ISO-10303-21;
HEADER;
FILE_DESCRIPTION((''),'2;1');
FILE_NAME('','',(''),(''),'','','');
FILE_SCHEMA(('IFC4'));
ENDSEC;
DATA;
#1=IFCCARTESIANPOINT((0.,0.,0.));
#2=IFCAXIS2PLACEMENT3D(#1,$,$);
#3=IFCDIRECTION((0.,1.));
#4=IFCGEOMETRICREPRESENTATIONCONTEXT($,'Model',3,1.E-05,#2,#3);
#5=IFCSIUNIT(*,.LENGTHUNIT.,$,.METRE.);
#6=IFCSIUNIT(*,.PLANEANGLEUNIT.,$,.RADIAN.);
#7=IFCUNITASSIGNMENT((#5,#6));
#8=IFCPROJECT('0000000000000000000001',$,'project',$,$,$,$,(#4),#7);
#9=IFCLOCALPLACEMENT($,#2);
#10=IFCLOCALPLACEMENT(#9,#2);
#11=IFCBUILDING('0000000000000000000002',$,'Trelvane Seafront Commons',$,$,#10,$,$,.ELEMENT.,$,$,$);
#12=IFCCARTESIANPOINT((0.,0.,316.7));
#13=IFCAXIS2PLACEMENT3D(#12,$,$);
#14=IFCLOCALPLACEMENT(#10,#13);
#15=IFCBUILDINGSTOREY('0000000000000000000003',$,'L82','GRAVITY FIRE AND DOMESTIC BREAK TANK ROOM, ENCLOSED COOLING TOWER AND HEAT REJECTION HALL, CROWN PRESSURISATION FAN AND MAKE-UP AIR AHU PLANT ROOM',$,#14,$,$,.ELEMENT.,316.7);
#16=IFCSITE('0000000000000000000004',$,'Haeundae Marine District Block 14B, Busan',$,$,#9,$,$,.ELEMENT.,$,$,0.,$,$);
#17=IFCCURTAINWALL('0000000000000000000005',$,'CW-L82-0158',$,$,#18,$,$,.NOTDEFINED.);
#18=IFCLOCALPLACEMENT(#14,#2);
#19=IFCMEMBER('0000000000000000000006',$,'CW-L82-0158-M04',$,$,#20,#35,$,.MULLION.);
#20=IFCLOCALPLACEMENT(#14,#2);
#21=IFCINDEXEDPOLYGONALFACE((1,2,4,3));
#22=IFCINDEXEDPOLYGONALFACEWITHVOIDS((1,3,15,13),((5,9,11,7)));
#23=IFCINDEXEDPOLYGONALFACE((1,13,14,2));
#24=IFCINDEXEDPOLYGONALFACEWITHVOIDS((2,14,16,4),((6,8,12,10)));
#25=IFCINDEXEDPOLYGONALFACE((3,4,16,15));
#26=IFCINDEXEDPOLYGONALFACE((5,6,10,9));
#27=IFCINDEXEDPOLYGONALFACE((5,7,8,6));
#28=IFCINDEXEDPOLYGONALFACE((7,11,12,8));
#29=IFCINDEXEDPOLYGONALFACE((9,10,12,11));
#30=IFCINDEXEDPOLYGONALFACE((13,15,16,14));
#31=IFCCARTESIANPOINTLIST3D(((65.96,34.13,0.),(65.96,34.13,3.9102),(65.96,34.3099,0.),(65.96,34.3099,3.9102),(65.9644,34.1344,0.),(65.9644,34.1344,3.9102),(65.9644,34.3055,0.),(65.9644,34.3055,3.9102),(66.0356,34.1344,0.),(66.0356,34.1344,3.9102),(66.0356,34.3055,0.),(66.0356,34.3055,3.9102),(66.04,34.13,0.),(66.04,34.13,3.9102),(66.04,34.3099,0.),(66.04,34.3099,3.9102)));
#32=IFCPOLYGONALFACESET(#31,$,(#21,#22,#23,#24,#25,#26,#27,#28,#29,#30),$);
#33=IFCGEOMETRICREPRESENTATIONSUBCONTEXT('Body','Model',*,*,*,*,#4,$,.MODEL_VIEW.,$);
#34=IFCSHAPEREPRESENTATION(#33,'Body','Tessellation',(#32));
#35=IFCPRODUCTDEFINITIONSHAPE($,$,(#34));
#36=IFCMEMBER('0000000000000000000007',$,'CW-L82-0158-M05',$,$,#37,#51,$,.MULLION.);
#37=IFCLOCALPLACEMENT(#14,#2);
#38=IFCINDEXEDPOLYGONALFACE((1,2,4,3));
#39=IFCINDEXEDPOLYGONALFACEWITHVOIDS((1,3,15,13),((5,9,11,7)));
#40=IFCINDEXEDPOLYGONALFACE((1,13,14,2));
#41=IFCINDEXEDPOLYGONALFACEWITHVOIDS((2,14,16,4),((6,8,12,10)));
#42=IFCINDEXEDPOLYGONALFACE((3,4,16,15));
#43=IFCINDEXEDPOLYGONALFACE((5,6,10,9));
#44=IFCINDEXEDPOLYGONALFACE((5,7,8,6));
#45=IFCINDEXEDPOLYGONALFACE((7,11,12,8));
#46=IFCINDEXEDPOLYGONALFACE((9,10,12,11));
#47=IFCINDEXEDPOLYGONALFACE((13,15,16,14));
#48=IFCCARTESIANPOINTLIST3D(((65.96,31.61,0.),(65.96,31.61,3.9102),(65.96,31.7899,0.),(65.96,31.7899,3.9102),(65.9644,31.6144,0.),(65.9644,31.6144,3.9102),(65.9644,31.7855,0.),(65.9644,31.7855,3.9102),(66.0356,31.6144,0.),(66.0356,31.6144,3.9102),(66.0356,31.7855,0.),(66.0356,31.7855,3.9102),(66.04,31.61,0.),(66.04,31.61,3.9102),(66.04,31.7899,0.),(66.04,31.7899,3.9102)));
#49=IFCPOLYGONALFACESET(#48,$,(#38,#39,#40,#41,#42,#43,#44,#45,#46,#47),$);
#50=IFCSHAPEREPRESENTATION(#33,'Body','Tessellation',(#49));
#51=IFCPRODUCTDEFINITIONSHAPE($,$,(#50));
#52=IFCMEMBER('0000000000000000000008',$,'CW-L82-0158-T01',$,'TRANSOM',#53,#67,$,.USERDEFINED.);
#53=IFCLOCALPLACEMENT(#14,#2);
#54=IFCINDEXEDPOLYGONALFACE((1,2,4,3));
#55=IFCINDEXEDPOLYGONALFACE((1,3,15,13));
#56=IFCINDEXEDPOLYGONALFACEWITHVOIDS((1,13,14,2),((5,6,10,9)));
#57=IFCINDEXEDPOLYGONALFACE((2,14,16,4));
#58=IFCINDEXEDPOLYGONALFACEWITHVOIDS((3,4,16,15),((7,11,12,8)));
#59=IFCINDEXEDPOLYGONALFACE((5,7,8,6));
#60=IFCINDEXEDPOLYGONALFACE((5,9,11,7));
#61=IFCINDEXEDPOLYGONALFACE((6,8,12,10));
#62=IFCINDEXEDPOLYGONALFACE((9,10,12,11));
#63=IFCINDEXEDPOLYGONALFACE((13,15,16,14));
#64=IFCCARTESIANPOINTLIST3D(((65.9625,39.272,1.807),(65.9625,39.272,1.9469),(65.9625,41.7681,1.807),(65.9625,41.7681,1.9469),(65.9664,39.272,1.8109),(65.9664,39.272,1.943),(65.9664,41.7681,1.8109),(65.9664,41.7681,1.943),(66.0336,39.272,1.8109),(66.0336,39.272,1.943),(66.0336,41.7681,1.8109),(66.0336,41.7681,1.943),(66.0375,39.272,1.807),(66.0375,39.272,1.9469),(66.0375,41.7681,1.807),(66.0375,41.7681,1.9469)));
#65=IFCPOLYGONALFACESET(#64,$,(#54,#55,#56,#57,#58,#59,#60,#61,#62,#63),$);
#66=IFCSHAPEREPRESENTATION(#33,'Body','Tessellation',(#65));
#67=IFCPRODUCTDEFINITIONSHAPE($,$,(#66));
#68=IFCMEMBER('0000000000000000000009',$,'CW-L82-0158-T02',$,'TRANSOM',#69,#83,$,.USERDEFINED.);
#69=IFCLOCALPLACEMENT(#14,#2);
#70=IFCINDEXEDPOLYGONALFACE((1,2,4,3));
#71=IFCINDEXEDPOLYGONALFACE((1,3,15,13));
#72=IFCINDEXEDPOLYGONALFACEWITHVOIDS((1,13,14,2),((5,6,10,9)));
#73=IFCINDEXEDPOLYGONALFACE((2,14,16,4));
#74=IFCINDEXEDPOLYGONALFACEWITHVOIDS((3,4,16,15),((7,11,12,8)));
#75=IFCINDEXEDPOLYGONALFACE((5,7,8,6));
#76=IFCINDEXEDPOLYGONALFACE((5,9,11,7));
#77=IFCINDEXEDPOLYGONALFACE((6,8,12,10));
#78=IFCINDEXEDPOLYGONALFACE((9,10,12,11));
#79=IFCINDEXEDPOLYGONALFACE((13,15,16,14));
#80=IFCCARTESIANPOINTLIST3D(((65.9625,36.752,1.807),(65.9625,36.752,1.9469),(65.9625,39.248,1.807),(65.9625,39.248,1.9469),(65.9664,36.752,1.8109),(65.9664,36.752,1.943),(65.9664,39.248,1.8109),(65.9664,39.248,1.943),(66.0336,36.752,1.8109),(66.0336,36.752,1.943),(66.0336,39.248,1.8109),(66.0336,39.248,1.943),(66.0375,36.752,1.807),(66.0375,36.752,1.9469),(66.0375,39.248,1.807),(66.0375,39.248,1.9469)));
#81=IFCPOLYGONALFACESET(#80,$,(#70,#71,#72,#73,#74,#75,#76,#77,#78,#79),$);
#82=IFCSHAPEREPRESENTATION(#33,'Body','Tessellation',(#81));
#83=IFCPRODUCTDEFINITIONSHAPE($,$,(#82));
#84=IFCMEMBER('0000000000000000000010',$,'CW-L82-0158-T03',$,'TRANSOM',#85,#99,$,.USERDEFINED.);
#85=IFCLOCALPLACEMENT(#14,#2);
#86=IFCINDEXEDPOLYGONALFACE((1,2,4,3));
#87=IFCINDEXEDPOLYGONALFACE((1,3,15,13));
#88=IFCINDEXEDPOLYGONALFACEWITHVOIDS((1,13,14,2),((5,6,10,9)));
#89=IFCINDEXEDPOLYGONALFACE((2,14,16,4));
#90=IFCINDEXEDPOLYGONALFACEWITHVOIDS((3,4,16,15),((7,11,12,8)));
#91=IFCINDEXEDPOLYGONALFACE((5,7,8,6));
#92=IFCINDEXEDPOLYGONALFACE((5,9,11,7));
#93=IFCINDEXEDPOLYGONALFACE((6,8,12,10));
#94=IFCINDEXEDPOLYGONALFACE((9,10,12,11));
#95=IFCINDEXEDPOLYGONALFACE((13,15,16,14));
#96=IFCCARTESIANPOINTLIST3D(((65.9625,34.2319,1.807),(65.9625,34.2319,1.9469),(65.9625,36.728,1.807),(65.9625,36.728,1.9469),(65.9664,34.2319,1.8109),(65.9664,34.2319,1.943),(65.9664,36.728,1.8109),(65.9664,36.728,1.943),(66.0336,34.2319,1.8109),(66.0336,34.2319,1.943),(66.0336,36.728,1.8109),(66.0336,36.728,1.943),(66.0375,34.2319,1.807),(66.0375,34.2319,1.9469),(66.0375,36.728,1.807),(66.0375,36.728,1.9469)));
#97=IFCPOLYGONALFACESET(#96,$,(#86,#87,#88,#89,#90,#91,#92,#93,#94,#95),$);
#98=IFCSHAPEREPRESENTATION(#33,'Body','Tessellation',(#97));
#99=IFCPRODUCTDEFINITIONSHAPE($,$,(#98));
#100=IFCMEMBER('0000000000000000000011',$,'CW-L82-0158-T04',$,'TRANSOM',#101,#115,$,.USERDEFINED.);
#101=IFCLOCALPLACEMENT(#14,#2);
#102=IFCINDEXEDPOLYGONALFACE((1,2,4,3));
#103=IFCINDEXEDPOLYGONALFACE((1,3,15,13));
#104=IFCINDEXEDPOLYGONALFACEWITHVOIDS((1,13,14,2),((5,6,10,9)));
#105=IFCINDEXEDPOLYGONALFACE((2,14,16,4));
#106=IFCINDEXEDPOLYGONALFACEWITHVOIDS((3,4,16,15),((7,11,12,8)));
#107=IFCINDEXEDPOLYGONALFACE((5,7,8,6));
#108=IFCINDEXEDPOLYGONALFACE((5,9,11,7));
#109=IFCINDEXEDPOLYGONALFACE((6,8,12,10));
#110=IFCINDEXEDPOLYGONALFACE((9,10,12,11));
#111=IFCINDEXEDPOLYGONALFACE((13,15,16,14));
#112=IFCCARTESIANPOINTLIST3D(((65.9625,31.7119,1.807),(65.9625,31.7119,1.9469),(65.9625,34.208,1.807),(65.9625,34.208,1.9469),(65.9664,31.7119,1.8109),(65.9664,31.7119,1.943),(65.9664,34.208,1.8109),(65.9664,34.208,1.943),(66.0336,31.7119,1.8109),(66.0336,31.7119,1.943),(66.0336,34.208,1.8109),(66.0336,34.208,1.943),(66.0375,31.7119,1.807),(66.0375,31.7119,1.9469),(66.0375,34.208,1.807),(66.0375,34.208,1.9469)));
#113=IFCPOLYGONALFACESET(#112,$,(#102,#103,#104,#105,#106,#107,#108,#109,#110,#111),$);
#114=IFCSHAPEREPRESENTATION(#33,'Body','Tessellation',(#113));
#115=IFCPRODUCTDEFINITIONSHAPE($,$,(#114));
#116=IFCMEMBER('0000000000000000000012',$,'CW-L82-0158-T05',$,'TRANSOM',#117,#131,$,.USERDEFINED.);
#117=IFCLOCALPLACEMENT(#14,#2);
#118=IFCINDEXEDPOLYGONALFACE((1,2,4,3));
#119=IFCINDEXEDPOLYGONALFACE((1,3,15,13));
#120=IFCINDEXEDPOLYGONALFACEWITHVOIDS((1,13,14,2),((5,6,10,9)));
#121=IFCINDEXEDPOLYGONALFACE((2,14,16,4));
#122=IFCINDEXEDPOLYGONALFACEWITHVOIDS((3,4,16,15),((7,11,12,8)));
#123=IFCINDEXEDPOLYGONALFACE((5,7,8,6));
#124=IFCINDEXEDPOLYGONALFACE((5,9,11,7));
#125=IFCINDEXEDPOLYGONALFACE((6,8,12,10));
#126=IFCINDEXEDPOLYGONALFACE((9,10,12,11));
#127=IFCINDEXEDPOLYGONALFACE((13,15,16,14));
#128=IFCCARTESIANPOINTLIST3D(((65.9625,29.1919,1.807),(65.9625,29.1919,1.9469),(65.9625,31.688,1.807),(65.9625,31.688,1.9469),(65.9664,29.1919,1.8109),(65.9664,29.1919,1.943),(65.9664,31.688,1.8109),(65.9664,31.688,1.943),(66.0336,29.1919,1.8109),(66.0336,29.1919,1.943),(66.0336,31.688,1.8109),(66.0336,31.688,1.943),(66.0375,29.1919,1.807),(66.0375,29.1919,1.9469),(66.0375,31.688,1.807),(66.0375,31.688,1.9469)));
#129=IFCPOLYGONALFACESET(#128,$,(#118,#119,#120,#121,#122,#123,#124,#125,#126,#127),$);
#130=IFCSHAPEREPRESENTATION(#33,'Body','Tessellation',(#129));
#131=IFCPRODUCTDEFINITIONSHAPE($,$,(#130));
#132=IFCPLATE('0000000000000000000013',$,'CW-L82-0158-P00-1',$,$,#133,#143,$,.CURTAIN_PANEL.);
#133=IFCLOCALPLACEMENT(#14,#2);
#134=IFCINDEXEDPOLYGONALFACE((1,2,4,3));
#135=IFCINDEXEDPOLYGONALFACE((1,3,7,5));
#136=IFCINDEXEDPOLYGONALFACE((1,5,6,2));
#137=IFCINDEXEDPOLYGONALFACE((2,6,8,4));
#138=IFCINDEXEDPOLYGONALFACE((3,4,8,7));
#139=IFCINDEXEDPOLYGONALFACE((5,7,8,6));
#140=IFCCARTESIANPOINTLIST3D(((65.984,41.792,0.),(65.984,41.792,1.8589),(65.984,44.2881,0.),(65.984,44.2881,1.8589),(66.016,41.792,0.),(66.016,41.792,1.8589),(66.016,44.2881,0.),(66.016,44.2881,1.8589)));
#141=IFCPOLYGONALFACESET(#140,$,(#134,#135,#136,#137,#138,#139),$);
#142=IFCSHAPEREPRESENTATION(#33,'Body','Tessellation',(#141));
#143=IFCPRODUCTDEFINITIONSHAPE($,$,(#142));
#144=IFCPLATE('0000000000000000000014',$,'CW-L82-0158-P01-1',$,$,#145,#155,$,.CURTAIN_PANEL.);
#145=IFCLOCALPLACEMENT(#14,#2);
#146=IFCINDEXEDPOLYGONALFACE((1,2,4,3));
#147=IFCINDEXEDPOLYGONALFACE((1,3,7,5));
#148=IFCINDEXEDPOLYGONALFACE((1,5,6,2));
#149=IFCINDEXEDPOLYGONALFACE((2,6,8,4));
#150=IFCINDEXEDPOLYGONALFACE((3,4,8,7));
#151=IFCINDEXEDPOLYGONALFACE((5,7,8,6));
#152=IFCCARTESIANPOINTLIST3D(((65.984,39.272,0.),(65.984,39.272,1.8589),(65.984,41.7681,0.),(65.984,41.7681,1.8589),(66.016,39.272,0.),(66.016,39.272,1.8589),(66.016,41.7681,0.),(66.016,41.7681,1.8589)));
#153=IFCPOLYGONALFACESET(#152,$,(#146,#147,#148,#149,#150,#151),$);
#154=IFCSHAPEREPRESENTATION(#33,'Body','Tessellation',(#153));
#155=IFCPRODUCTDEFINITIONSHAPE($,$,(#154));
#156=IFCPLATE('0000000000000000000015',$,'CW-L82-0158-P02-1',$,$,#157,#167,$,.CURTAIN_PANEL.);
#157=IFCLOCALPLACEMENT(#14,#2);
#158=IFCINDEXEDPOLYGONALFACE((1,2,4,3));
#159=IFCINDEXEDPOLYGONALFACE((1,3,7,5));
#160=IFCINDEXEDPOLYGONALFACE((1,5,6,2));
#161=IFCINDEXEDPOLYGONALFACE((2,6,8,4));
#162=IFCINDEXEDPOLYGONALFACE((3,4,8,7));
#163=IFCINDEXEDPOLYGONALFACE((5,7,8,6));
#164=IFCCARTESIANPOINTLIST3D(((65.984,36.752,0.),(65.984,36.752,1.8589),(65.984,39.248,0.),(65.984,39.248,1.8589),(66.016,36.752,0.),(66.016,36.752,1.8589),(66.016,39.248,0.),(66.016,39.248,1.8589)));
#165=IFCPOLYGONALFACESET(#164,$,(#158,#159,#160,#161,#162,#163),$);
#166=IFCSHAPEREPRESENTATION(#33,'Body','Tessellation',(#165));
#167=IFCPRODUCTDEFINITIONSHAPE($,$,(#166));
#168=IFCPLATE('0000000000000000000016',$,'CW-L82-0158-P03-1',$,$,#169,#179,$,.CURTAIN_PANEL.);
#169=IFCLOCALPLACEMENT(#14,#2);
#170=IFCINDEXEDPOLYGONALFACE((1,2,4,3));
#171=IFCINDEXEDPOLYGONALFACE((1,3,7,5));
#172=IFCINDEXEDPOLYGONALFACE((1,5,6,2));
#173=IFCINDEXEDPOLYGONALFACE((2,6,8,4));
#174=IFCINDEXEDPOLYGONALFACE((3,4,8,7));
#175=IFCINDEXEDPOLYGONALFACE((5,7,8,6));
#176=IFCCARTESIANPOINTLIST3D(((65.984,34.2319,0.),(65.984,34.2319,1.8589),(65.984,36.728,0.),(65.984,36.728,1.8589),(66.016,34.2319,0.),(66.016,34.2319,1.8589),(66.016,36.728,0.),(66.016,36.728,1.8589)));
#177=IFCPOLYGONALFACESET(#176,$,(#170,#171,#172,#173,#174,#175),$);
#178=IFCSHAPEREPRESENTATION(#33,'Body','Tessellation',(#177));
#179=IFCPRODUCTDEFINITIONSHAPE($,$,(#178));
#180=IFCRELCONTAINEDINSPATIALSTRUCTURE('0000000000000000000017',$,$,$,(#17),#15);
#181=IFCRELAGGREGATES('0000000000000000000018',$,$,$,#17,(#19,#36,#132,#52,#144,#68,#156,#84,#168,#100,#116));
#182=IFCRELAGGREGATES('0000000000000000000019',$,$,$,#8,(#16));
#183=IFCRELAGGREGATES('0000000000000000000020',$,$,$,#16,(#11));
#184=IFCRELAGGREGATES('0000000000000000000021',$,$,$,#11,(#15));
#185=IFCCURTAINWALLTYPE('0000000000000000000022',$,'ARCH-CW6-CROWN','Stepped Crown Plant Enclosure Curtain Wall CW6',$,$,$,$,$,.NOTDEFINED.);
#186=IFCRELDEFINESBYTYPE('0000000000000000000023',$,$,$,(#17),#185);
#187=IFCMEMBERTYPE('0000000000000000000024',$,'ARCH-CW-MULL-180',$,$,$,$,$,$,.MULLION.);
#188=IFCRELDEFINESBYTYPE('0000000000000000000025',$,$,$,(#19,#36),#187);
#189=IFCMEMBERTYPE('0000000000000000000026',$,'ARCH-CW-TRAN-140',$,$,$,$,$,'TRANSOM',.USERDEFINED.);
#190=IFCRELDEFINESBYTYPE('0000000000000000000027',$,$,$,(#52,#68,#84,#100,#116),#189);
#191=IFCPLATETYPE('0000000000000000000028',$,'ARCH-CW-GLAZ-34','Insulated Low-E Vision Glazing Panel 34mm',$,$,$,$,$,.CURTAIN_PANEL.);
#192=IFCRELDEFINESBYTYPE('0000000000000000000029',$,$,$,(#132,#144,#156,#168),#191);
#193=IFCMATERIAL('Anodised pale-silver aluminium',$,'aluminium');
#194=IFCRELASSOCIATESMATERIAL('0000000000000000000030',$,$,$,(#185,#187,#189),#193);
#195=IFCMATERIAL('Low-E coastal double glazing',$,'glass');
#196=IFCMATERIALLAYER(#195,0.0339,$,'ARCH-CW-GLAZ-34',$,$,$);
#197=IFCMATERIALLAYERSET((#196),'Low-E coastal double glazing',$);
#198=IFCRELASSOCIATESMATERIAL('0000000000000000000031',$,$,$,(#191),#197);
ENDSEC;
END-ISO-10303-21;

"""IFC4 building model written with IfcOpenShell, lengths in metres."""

from ifc_helpers import new_model, si_unit, direction, frame, origin, origin_2d, place, context, subcontext, project, spatial, rectangle, hollow_rectangle, extrude, source, transform, mapped, material, layer, layer_set, material_profile, profile_set, type_object, element, aggregate, save


model = new_model("IFC4")

# Units and contexts
model_context = context("Model", 3, precision=1e-05, world=origin(), true_north=direction((0.0, 1.0)))
body_context = subcontext(model_context, "Body", "Model", "MODEL_VIEW")
ifc_project = project(units=[si_unit("LENGTHUNIT", "METRE"), si_unit("PLANEANGLEUNIT", "RADIAN")], contexts=[model_context])

# Site, building, storey
site_placement = place(None, origin())
site = spatial("IfcSite", under=ifc_project, at=site_placement, Name="Haeundae Marine District Block 14B, Busan", CompositionType="ELEMENT", RefElevation=0.0)
building_placement = place(site_placement, origin())
building = spatial("IfcBuilding", under=site, at=building_placement, Name="Trelvane Seafront Commons", CompositionType="ELEMENT")
storey_placement = place(building_placement, frame((0.0, 0.0, 316.7)))
storey = spatial("IfcBuildingStorey", under=building, at=storey_placement, Name="L82", Description="GRAVITY FIRE AND DOMESTIC BREAK TANK ROOM, ENCLOSED COOLING TOWER AND HEAT REJECTION HALL, CROWN PRESSURISATION FAN AND MAKE-UP AIR AHU PLANT ROOM", CompositionType="ELEMENT", Elevation=316.7)

# Curtain wall, members, plates
ifc_material_1 = material(Name="Anodised pale-silver aluminium", Category="aluminium")
curtain_wall_type = type_object("IfcCurtainWallType", Name="ARCH-CW6-CROWN", Description="Stepped Crown Plant Enclosure Curtain Wall CW6", PredefinedType="NOTDEFINED", material=ifc_material_1)
curtain_wall_placement = place(storey_placement, origin())
curtain_wall = element("IfcCurtainWall", 1, at=curtain_wall_placement, inside=storey, type_object=curtain_wall_type, Name="CW-L82-0158", PredefinedType="NOTDEFINED")
ifc_material_profile_1 = material_profile(ifc_material_1, hollow_rectangle(XDim=0.0801, YDim=0.1799, WallThickness=0.0044, at=origin_2d()), Name="MULL-80x180x4.5")
ifc_profile_set_1 = profile_set([ifc_material_profile_1], Name="Anodised pale-silver aluminium")
member_type_1 = type_object("IfcMemberType", Name="ARCH-CW-MULL-180", PredefinedType="MULLION", material=ifc_profile_set_1)
shared_shape_1 = source(origin(), body_context, "Body", "SweptSolid", [
    extrude(hollow_rectangle(XDim=0.0801, YDim=0.1799, WallThickness=0.0044, at=origin_2d()), origin(), (0.0, 0.0, 1.0), 3.9102),
])
member_1_placement = place(storey_placement, frame((66.0, 34.22, 0.0), z_axis=(0.0, 0.0, 1.0), x_axis=(1.0, 0.0, 0.0)))
member_1 = element("IfcMember", 2, at=member_1_placement, type_object=member_type_1, Name="CW-L82-0158-M04", PredefinedType="MULLION", context=body_context, shape_type="MappedRepresentation", body=[
    mapped(shared_shape_1, transform((0.0, 0.0, 0.0), x_axis=(1.0, 0.0, 0.0), y_axis=(0.0, 1.0, 0.0), z_axis=(0.0, 0.0, 1.0), scale=1.0)),
])
member_2_placement = place(storey_placement, frame((66.0, 31.7, 0.0), z_axis=(0.0, 0.0, 1.0), x_axis=(1.0, 0.0, 0.0)))
member_2 = element("IfcMember", 3, at=member_2_placement, type_object=member_type_1, Name="CW-L82-0158-M05", PredefinedType="MULLION", context=body_context, shape_type="MappedRepresentation", body=[
    mapped(shared_shape_1, transform((0.0, 0.0, 0.0), x_axis=(1.0, 0.0, 0.0), y_axis=(0.0, 1.0, 0.0), z_axis=(0.0, 0.0, 1.0), scale=1.0)),
])
ifc_material_profile_2 = material_profile(ifc_material_1, hollow_rectangle(XDim=0.075, YDim=0.1399, WallThickness=0.0039, at=origin_2d()), Name="TRAN-75x140x4")
ifc_profile_set_2 = profile_set([ifc_material_profile_2], Name="Anodised pale-silver aluminium")
member_type_2 = type_object("IfcMemberType", Name="ARCH-CW-TRAN-140", ElementType="TRANSOM", PredefinedType="USERDEFINED", material=ifc_profile_set_2)
shared_shape_2 = source(origin(), body_context, "Body", "SweptSolid", [
    extrude(hollow_rectangle(XDim=0.075, YDim=0.1399, WallThickness=0.0039, at=origin_2d()), origin(), (0.0, 0.0, 1.0), 2.4961),
])
member_3_placement = place(storey_placement, frame((66.0, 41.7681, 1.877), z_axis=(0.0, -1.0, 0.0), x_axis=(1.0, 0.0, 0.0)))
member_3 = element("IfcMember", 4, at=member_3_placement, type_object=member_type_2, Name="CW-L82-0158-T01", ObjectType="TRANSOM", PredefinedType="USERDEFINED", context=body_context, shape_type="MappedRepresentation", body=[
    mapped(shared_shape_2, transform((0.0, 0.0, 0.0), x_axis=(1.0, 0.0, 0.0), y_axis=(0.0, 1.0, 0.0), z_axis=(0.0, 0.0, 1.0), scale=1.0)),
])
member_4_placement = place(storey_placement, frame((66.0, 39.248, 1.877), z_axis=(0.0, -1.0, 0.0), x_axis=(1.0, 0.0, 0.0)))
member_4 = element("IfcMember", 5, at=member_4_placement, type_object=member_type_2, Name="CW-L82-0158-T02", ObjectType="TRANSOM", PredefinedType="USERDEFINED", context=body_context, shape_type="MappedRepresentation", body=[
    mapped(shared_shape_2, transform((0.0, 0.0, 0.0), x_axis=(1.0, 0.0, 0.0), y_axis=(0.0, 1.0, 0.0), z_axis=(0.0, 0.0, 1.0), scale=1.0)),
])
member_5_placement = place(storey_placement, frame((66.0, 36.728, 1.877), z_axis=(0.0, -1.0, 0.0), x_axis=(1.0, 0.0, 0.0)))
member_5 = element("IfcMember", 6, at=member_5_placement, type_object=member_type_2, Name="CW-L82-0158-T03", ObjectType="TRANSOM", PredefinedType="USERDEFINED", context=body_context, shape_type="MappedRepresentation", body=[
    mapped(shared_shape_2, transform((0.0, 0.0, 0.0), x_axis=(1.0, 0.0, 0.0), y_axis=(0.0, 1.0, 0.0), z_axis=(0.0, 0.0, 1.0), scale=1.0)),
])
member_6_placement = place(storey_placement, frame((66.0, 34.208, 1.877), z_axis=(0.0, -1.0, 0.0), x_axis=(1.0, 0.0, 0.0)))
member_6 = element("IfcMember", 7, at=member_6_placement, type_object=member_type_2, Name="CW-L82-0158-T04", ObjectType="TRANSOM", PredefinedType="USERDEFINED", context=body_context, shape_type="MappedRepresentation", body=[
    mapped(shared_shape_2, transform((0.0, 0.0, 0.0), x_axis=(1.0, 0.0, 0.0), y_axis=(0.0, 1.0, 0.0), z_axis=(0.0, 0.0, 1.0), scale=1.0)),
])
member_7_placement = place(storey_placement, frame((66.0, 31.688, 1.877), z_axis=(0.0, -1.0, 0.0), x_axis=(1.0, 0.0, 0.0)))
member_7 = element("IfcMember", 8, at=member_7_placement, type_object=member_type_2, Name="CW-L82-0158-T05", ObjectType="TRANSOM", PredefinedType="USERDEFINED", context=body_context, shape_type="MappedRepresentation", body=[
    mapped(shared_shape_2, transform((0.0, 0.0, 0.0), x_axis=(1.0, 0.0, 0.0), y_axis=(0.0, 1.0, 0.0), z_axis=(0.0, 0.0, 1.0), scale=1.0)),
])
ifc_material_2 = material(Name="Low-E coastal double glazing", Category="glass")
ifc_layer_1 = layer(ifc_material_2, 0.0339, Name="ARCH-CW-GLAZ-34")
ifc_layer_set_1 = layer_set([ifc_layer_1], Name="Low-E coastal double glazing")
plate_type_1 = type_object("IfcPlateType", Name="ARCH-CW-GLAZ-34", Description="Insulated Low-E Vision Glazing Panel 34mm", PredefinedType="CURTAIN_PANEL", material=ifc_layer_set_1)
shared_shape_3 = source(origin(), body_context, "Body", "SweptSolid", [
    extrude(rectangle(XDim=2.4961, YDim=0.032, at=origin_2d()), origin(), (0.0, 0.0, 1.0), 1.8589),
])
plate_1_placement = place(storey_placement, frame((66.0, 43.04, 0.0), z_axis=(0.0, 0.0, 1.0), x_axis=(0.0, -1.0, 0.0)))
plate_1 = element("IfcPlate", 9, at=plate_1_placement, type_object=plate_type_1, Name="CW-L82-0158-P00-1", PredefinedType="CURTAIN_PANEL", context=body_context, shape_type="MappedRepresentation", body=[
    mapped(shared_shape_3, transform((0.0, 0.0, 0.0), x_axis=(1.0, 0.0, 0.0), y_axis=(0.0, 1.0, 0.0), z_axis=(0.0, 0.0, 1.0), scale=1.0)),
])
plate_2_placement = place(storey_placement, frame((66.0, 40.52, 0.0), z_axis=(0.0, 0.0, 1.0), x_axis=(0.0, -1.0, 0.0)))
plate_2 = element("IfcPlate", 10, at=plate_2_placement, type_object=plate_type_1, Name="CW-L82-0158-P01-1", PredefinedType="CURTAIN_PANEL", context=body_context, shape_type="MappedRepresentation", body=[
    mapped(shared_shape_3, transform((0.0, 0.0, 0.0), x_axis=(1.0, 0.0, 0.0), y_axis=(0.0, 1.0, 0.0), z_axis=(0.0, 0.0, 1.0), scale=1.0)),
])
plate_3_placement = place(storey_placement, frame((66.0, 38.0, 0.0), z_axis=(0.0, 0.0, 1.0), x_axis=(0.0, -1.0, 0.0)))
plate_3 = element("IfcPlate", 11, at=plate_3_placement, type_object=plate_type_1, Name="CW-L82-0158-P02-1", PredefinedType="CURTAIN_PANEL", context=body_context, shape_type="MappedRepresentation", body=[
    mapped(shared_shape_3, transform((0.0, 0.0, 0.0), x_axis=(1.0, 0.0, 0.0), y_axis=(0.0, 1.0, 0.0), z_axis=(0.0, 0.0, 1.0), scale=1.0)),
])
plate_4_placement = place(storey_placement, frame((66.0, 35.48, 0.0), z_axis=(0.0, 0.0, 1.0), x_axis=(0.0, -1.0, 0.0)))
plate_4 = element("IfcPlate", 12, at=plate_4_placement, type_object=plate_type_1, Name="CW-L82-0158-P03-1", PredefinedType="CURTAIN_PANEL", context=body_context, shape_type="MappedRepresentation", body=[
    mapped(shared_shape_3, transform((0.0, 0.0, 0.0), x_axis=(1.0, 0.0, 0.0), y_axis=(0.0, 1.0, 0.0), z_axis=(0.0, 0.0, 1.0), scale=1.0)),
])
aggregate(curtain_wall, [member_1, member_2, plate_1, member_3, plate_2, member_4, plate_3, member_5, plate_4, member_6, member_7])

save(model, "model.ifc")
